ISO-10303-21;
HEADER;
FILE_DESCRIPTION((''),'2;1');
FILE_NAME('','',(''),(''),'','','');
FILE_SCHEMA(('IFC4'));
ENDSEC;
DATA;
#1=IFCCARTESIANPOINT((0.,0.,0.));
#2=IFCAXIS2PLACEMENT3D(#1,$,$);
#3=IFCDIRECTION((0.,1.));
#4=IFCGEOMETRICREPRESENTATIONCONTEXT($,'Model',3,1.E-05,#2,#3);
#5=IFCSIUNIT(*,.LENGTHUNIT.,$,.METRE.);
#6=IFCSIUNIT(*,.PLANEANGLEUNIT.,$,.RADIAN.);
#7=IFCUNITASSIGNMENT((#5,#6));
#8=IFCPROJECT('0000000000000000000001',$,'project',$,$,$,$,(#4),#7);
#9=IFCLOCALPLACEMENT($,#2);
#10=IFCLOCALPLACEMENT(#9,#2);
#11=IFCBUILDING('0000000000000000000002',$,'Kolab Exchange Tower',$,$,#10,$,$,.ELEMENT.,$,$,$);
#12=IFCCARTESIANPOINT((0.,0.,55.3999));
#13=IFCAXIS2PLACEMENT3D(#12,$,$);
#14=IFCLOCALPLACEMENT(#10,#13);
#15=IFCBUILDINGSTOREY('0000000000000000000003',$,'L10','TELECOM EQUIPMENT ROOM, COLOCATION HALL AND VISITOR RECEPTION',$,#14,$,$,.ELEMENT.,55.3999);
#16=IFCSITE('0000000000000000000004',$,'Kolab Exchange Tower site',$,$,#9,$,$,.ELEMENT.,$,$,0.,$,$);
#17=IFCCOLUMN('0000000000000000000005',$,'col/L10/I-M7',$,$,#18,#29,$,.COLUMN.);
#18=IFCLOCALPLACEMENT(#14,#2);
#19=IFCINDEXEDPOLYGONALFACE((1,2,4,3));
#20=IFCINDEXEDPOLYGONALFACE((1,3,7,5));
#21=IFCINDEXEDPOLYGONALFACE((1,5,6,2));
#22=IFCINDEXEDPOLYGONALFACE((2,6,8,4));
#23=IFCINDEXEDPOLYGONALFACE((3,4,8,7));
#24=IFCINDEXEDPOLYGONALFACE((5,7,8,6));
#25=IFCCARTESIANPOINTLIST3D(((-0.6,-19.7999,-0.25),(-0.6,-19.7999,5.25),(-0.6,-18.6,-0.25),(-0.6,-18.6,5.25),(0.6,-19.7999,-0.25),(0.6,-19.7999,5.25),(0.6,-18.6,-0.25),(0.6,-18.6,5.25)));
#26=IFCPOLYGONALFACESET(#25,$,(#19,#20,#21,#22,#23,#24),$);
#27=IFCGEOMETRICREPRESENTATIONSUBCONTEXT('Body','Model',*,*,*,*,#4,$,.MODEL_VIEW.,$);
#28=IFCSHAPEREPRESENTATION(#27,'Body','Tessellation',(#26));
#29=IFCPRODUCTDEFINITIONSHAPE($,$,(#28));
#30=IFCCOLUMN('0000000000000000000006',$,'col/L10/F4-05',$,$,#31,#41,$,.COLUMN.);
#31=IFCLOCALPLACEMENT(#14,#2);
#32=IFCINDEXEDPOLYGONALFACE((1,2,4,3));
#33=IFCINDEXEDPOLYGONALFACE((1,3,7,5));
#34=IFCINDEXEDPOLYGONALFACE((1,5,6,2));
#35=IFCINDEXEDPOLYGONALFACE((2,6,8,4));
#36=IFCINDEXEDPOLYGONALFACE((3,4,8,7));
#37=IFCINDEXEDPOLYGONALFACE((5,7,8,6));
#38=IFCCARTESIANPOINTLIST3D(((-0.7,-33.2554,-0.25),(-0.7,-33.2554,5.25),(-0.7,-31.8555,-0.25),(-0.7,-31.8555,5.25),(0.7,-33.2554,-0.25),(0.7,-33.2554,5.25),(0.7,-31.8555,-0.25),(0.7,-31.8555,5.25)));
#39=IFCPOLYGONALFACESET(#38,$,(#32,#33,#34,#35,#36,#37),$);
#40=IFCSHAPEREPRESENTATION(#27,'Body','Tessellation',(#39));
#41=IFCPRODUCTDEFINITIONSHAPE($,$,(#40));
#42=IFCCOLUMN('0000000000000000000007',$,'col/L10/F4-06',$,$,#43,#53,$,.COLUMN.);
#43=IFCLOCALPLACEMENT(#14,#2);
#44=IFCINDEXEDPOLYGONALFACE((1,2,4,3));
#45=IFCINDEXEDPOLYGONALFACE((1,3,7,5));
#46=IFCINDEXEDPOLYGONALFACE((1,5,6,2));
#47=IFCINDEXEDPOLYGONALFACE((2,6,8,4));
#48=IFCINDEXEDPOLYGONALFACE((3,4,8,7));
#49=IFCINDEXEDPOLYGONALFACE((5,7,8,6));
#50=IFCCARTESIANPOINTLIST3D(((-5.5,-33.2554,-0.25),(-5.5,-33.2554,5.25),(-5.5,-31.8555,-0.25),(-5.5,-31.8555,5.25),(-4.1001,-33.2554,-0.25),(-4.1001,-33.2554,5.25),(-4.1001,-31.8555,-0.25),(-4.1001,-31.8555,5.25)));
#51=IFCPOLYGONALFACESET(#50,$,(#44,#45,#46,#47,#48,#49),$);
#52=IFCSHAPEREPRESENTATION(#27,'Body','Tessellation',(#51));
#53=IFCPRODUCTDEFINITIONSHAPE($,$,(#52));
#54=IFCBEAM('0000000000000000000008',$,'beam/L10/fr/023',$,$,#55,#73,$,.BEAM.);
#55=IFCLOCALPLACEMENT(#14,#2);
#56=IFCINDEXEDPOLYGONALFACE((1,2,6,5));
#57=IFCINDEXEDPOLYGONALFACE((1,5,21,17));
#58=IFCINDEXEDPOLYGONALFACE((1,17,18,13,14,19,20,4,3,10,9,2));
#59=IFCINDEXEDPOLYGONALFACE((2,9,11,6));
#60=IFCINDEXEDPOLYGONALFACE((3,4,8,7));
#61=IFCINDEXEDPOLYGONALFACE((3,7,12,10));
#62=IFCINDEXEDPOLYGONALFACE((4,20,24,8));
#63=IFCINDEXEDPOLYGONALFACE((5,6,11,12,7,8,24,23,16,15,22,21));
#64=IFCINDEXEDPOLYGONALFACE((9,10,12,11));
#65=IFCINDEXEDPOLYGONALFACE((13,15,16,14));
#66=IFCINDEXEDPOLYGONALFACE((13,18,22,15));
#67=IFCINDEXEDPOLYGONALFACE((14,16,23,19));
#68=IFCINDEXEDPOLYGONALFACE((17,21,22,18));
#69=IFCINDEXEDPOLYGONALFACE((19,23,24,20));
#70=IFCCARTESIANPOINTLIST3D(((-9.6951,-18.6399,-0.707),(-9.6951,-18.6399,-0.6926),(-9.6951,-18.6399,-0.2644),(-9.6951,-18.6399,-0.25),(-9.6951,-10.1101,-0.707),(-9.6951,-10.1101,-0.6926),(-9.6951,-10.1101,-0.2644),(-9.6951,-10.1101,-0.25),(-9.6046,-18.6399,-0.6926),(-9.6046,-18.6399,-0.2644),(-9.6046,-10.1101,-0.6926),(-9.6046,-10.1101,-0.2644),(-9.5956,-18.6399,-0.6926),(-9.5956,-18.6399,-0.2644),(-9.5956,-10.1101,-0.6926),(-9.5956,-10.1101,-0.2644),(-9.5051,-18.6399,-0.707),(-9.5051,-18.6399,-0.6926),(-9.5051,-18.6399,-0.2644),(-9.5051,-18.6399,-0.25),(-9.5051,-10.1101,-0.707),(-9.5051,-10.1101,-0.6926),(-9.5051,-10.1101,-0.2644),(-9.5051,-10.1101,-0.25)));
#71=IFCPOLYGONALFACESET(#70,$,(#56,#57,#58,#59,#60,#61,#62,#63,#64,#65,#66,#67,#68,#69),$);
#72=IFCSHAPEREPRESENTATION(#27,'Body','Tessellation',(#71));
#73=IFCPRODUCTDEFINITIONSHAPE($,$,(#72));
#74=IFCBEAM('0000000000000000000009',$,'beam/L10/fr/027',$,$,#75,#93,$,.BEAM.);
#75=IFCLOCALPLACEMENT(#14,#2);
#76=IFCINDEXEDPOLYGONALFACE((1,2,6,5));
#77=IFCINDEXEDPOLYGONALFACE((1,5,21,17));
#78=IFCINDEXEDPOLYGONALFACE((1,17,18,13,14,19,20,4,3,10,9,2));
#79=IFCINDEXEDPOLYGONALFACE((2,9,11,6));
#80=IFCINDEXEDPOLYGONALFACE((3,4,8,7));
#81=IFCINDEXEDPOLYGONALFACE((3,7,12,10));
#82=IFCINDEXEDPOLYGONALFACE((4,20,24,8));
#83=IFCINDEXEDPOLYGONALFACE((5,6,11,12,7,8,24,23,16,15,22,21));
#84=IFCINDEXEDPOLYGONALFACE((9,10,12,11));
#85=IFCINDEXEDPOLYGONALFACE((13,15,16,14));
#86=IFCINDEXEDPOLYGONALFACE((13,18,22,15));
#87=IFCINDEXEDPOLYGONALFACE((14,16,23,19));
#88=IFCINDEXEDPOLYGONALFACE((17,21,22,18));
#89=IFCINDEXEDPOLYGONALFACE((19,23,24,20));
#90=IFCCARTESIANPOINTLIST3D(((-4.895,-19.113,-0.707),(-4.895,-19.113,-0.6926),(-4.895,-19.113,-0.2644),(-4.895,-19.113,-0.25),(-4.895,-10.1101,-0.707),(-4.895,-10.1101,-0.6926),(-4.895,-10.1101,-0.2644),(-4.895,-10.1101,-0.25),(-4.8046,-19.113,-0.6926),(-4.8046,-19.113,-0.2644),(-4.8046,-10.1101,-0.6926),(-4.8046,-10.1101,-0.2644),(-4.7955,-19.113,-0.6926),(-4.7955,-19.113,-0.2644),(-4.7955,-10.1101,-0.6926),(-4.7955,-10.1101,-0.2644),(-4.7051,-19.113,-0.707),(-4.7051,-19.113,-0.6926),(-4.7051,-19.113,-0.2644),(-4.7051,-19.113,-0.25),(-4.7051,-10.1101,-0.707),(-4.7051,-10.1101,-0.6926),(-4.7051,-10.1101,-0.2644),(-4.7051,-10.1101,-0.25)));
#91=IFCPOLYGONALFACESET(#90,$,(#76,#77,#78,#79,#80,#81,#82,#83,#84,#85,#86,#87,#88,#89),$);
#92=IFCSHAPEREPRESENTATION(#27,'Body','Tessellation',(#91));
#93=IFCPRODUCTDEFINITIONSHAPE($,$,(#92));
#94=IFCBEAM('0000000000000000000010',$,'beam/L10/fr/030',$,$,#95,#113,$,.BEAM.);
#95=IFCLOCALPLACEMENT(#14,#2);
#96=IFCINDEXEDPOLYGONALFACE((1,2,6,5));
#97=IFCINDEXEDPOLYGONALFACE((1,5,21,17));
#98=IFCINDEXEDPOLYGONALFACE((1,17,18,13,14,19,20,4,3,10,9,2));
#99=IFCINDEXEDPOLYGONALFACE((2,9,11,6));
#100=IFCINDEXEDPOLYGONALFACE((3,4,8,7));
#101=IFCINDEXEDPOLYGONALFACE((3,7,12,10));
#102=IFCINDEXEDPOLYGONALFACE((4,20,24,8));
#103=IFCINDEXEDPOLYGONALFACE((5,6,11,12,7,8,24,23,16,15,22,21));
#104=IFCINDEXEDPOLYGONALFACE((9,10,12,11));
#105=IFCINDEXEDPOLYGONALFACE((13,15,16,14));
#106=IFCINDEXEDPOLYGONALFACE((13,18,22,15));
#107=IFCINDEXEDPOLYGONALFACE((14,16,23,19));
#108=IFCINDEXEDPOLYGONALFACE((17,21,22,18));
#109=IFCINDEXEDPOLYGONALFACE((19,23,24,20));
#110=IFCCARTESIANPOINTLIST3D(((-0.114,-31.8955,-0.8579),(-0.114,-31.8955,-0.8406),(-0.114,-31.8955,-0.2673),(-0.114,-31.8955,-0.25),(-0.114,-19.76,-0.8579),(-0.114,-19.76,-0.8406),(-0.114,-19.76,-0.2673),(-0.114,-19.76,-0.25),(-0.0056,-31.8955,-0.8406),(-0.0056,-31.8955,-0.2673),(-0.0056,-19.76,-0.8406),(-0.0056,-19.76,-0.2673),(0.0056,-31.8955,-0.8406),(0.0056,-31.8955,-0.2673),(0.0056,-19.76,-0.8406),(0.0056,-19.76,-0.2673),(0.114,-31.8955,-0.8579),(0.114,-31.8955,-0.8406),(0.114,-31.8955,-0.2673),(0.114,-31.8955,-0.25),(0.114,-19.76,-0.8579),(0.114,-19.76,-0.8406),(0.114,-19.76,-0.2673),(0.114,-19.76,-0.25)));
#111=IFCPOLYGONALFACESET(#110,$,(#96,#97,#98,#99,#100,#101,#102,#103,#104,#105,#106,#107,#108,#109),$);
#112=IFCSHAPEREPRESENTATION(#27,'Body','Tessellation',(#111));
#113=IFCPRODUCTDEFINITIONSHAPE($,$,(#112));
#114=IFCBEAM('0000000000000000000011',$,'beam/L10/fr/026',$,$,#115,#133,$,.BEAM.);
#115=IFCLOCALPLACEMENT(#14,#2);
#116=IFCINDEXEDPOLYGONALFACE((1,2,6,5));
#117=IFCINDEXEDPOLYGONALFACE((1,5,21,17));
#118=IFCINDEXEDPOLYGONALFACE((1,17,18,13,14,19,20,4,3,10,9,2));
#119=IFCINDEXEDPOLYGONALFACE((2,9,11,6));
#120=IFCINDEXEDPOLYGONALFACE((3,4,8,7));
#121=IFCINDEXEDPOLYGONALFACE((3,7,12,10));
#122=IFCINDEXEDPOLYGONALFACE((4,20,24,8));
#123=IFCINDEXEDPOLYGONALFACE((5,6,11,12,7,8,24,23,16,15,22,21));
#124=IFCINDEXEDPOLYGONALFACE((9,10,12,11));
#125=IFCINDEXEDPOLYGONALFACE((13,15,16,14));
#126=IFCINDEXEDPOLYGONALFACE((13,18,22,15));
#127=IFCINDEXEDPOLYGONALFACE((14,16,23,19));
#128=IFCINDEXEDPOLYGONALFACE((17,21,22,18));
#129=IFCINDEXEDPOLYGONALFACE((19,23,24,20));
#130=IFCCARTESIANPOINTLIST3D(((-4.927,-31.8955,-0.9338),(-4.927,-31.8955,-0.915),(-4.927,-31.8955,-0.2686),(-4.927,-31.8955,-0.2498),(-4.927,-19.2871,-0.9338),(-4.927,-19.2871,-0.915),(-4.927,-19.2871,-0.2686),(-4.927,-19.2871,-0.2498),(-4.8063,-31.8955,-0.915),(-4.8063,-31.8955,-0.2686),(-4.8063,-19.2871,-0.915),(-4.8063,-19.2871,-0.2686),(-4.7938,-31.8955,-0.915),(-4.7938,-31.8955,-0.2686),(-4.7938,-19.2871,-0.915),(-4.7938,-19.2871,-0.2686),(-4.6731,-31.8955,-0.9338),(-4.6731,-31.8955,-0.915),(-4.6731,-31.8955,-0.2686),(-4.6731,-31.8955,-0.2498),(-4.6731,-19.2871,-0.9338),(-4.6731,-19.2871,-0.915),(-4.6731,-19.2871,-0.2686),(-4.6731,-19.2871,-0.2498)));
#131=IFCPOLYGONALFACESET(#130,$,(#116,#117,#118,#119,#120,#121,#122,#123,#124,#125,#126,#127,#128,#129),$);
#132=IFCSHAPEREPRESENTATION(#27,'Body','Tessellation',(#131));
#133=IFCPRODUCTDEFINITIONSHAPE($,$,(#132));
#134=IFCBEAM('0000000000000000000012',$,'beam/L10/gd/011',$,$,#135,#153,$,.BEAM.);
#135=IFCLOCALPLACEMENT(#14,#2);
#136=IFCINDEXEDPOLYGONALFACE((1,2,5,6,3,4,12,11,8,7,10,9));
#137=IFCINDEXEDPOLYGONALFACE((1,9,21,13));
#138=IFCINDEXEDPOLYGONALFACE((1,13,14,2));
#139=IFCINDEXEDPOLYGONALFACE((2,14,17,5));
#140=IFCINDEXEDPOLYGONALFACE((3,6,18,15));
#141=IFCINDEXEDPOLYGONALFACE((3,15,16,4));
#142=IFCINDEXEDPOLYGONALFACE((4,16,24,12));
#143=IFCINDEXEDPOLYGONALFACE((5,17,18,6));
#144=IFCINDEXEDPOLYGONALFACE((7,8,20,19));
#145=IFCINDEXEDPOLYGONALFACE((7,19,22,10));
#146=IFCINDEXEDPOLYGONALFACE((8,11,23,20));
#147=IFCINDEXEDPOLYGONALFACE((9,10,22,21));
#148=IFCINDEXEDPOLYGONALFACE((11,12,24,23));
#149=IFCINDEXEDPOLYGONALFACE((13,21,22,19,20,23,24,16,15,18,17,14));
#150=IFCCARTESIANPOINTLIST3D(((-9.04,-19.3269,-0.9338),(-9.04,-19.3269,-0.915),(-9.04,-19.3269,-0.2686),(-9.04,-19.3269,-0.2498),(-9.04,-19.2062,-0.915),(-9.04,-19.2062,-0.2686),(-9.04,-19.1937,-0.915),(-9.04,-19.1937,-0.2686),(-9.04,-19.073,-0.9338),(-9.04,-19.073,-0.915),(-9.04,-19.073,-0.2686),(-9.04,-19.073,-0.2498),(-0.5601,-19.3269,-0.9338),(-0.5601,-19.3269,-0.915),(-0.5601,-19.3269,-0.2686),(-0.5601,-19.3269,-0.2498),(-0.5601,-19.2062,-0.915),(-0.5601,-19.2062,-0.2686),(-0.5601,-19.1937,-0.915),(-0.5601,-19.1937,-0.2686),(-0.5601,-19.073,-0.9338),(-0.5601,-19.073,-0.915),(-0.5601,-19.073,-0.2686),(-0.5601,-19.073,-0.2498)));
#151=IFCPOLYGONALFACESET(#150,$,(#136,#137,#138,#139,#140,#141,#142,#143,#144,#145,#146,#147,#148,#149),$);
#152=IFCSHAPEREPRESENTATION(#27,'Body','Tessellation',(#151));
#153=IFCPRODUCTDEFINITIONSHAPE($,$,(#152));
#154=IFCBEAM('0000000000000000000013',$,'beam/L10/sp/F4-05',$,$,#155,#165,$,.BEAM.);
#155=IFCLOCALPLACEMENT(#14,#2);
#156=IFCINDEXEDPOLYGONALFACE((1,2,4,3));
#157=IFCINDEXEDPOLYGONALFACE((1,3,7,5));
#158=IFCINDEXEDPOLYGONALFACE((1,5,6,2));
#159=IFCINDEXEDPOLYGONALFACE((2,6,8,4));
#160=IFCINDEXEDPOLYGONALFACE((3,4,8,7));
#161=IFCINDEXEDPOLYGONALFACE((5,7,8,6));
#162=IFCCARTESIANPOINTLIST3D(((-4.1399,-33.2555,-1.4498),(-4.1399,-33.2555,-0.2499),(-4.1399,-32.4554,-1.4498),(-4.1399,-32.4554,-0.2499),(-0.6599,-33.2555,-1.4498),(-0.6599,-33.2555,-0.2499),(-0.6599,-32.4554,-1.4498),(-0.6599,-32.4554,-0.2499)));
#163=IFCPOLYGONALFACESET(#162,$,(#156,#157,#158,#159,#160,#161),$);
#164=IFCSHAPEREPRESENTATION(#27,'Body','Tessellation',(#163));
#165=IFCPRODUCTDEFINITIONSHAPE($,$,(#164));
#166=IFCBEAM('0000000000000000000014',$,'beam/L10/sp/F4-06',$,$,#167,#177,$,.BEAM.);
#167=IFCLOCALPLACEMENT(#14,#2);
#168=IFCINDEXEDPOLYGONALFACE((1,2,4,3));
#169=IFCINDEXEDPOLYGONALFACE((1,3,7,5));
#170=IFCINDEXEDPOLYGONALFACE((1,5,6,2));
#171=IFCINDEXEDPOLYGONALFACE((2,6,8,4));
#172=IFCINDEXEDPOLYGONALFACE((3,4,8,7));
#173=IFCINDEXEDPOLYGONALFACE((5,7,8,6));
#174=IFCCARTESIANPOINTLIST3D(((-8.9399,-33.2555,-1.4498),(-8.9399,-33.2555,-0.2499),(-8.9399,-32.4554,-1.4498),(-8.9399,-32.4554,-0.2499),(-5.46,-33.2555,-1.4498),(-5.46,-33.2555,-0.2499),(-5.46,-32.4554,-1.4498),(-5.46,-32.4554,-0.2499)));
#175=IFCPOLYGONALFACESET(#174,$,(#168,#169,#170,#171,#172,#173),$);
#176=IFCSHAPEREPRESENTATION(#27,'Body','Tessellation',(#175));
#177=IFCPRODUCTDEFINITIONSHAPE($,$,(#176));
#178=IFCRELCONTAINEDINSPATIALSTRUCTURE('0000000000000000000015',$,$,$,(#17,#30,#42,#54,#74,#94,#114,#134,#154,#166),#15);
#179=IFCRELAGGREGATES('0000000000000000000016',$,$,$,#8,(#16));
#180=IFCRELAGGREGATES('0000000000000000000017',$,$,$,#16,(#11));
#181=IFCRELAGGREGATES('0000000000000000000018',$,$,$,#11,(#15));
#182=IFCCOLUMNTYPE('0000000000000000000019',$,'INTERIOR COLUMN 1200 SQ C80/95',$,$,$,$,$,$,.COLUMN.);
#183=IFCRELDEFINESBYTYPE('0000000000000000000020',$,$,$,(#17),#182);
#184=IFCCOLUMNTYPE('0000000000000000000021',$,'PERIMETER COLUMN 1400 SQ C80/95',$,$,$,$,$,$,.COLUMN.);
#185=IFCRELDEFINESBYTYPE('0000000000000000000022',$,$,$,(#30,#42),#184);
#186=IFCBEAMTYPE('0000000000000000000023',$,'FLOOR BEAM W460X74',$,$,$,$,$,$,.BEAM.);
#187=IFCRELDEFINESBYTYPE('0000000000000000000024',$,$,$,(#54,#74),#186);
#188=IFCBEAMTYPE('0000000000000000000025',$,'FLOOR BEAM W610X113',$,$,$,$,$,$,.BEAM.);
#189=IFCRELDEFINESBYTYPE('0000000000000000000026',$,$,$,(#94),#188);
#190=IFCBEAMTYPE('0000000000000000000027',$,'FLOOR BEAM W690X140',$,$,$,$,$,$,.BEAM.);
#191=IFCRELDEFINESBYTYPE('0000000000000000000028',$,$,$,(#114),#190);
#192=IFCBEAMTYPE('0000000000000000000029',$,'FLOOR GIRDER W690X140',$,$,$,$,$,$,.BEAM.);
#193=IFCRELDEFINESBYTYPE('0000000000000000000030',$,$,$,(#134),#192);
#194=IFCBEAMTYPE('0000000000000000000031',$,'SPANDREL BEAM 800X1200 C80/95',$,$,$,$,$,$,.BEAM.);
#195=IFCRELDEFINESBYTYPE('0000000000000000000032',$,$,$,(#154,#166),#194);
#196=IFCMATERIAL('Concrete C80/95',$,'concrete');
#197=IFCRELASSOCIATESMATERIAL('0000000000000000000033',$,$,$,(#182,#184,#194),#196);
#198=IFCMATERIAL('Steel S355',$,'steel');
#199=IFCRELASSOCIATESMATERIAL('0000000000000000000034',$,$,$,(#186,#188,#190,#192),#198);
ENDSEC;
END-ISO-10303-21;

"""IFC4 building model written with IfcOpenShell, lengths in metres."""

from ifc_helpers import new_model, si_unit, direction, frame, origin, origin_2d, place, context, subcontext, project, spatial, rectangle, i_section, extrude, material, material_profile, profile_set, type_object, element, save


model = new_model("IFC4")

# Units and contexts
model_context = context("Model", 3, precision=1e-05, world=origin(), true_north=direction((0.0, 1.0)))
body_context = subcontext(model_context, "Body", "Model", "MODEL_VIEW")
ifc_project = project(units=[si_unit("LENGTHUNIT", "METRE"), si_unit("PLANEANGLEUNIT", "RADIAN")], contexts=[model_context])

# Site, building, storey
site_placement = place(None, origin())
site = spatial("IfcSite", under=ifc_project, at=site_placement, Name="Kolab Exchange Tower site", CompositionType="ELEMENT", RefElevation=0.0)
building_placement = place(site_placement, origin())
building = spatial("IfcBuilding", under=site, at=building_placement, Name="Kolab Exchange Tower", CompositionType="ELEMENT")
storey_placement = place(building_placement, frame((0.0, 0.0, 55.3999)))
storey = spatial("IfcBuildingStorey", under=building, at=storey_placement, Name="L10", Description="TELECOM EQUIPMENT ROOM, COLOCATION HALL AND VISITOR RECEPTION", CompositionType="ELEMENT", Elevation=55.3999)

# Columns
ifc_material_1 = material(Name="Concrete C80/95", Category="concrete")
ifc_material_profile_1 = material_profile(ifc_material_1, rectangle(XDim=1.2, YDim=1.2, at=origin_2d()), Name="RC1200")
ifc_profile_set_1 = profile_set([ifc_material_profile_1], Name="Concrete C80/95")
column_type_1 = type_object("IfcColumnType", Name="INTERIOR COLUMN 1200 SQ C80/95", PredefinedType="COLUMN", material=ifc_profile_set_1)
column_placement = place(storey_placement, frame((0.0, -19.2, -0.25), z_axis=(0.0, 0.0, 1.0), x_axis=(1.0, 0.0, 0.0)))
element("IfcColumn", 1, at=column_placement, inside=storey, type_object=column_type_1, Name="col/L10/I-M7", PredefinedType="COLUMN", context=body_context, shape_type="SweptSolid", body=[
    extrude(rectangle(XDim=1.2, YDim=1.2, at=origin_2d()), origin(), (0.0, 0.0, 1.0), 5.5),
])
ifc_material_profile_2 = material_profile(ifc_material_1, rectangle(XDim=1.3999, YDim=1.3999, at=origin_2d()), Name="RC1400")
ifc_profile_set_2 = profile_set([ifc_material_profile_2], Name="Concrete C80/95")
column_type_2 = type_object("IfcColumnType", Name="PERIMETER COLUMN 1400 SQ C80/95", PredefinedType="COLUMN", material=ifc_profile_set_2)
for number, where, z_axis, x_axis, name in (
    (2, (0.0, -32.5554, -0.25), (0.0, 0.0, 1.0), (1.0, 0.0, 0.0), "col/L10/F4-05"),
    (3, (-4.8, -32.5554, -0.25), (0.0, 0.0, 1.0), (1.0, 0.0, 0.0), "col/L10/F4-06"),
):
    element("IfcColumn", number, at=place(storey_placement, frame(where, z_axis=z_axis, x_axis=x_axis)), inside=storey, type_object=column_type_2, Name=name, PredefinedType="COLUMN", context=body_context, shape_type="SweptSolid", body=[
        extrude(rectangle(XDim=1.3999, YDim=1.3999, at=origin_2d()), origin(), (0.0, 0.0, 1.0), 5.5),
    ])

# Beams
ifc_material_2 = material(Name="Steel S355", Category="steel")
ifc_material_profile_3 = material_profile(ifc_material_2, i_section(OverallWidth=0.1899, OverallDepth=0.457, WebThickness=0.009, FlangeThickness=0.0144, at=origin_2d()), Name="W460X74")
ifc_profile_set_3 = profile_set([ifc_material_profile_3], Name="Steel S355")
beam_type_1 = type_object("IfcBeamType", Name="FLOOR BEAM W460X74", PredefinedType="BEAM", material=ifc_profile_set_3)
beam_1_placement = place(storey_placement, frame((-9.6001, -18.6399, -0.4785), z_axis=(0.0, 1.0, 0.0), x_axis=(-1.0, 0.0, 0.0)))
element("IfcBeam", 4, at=beam_1_placement, inside=storey, type_object=beam_type_1, Name="beam/L10/fr/023", PredefinedType="BEAM", context=body_context, shape_type="SweptSolid", body=[
    extrude(i_section(OverallWidth=0.1899, OverallDepth=0.457, WebThickness=0.009, FlangeThickness=0.0144, at=origin_2d()), origin(), (0.0, 0.0, 1.0), 8.5298),
])
beam_2_placement = place(storey_placement, frame((-4.8, -19.113, -0.4785), z_axis=(0.0, 1.0, 0.0), x_axis=(-1.0, 0.0, 0.0)))
element("IfcBeam", 5, at=beam_2_placement, inside=storey, type_object=beam_type_1, Name="beam/L10/fr/027", PredefinedType="BEAM", context=body_context, shape_type="SweptSolid", body=[
    extrude(i_section(OverallWidth=0.1899, OverallDepth=0.457, WebThickness=0.009, FlangeThickness=0.0144, at=origin_2d()), origin(), (0.0, 0.0, 1.0), 9.0029),
])
ifc_material_profile_4 = material_profile(ifc_material_2, i_section(OverallWidth=0.228, OverallDepth=0.6079, WebThickness=0.0112, FlangeThickness=0.0173, at=origin_2d()), Name="W610X113")
ifc_profile_set_4 = profile_set([ifc_material_profile_4], Name="Steel S355")
beam_type_2 = type_object("IfcBeamType", Name="FLOOR BEAM W610X113", PredefinedType="BEAM", material=ifc_profile_set_4)
beam_3_placement = place(storey_placement, frame((0.0, -31.8955, -0.554), z_axis=(0.0, 1.0, 0.0), x_axis=(-1.0, 0.0, 0.0)))
element("IfcBeam", 6, at=beam_3_placement, inside=storey, type_object=beam_type_2, Name="beam/L10/fr/030", PredefinedType="BEAM", context=body_context, shape_type="SweptSolid", body=[
    extrude(i_section(OverallWidth=0.228, OverallDepth=0.6079, WebThickness=0.0112, FlangeThickness=0.0173, at=origin_2d()), origin(), (0.0, 0.0, 1.0), 12.1355),
])
ifc_material_profile_5 = material_profile(ifc_material_2, i_section(OverallWidth=0.2539, OverallDepth=0.6841, WebThickness=0.0125, FlangeThickness=0.0188, at=origin_2d()), Name="W690X140")
ifc_profile_set_5 = profile_set([ifc_material_profile_5], Name="Steel S355")
beam_type_3 = type_object("IfcBeamType", Name="FLOOR BEAM W690X140", PredefinedType="BEAM", material=ifc_profile_set_5)
beam_4_placement = place(storey_placement, frame((-4.8, -31.8955, -0.5918), z_axis=(0.0, 1.0, 0.0), x_axis=(-1.0, 0.0, 0.0)))
element("IfcBeam", 7, at=beam_4_placement, inside=storey, type_object=beam_type_3, Name="beam/L10/fr/026", PredefinedType="BEAM", context=body_context, shape_type="SweptSolid", body=[
    extrude(i_section(OverallWidth=0.2539, OverallDepth=0.6841, WebThickness=0.0125, FlangeThickness=0.0188, at=origin_2d()), origin(), (0.0, 0.0, 1.0), 12.6084),
])
ifc_material_profile_6 = material_profile(ifc_material_2, i_section(OverallWidth=0.2539, OverallDepth=0.6841, WebThickness=0.0125, FlangeThickness=0.0188, at=origin_2d()), Name="W690X140")
ifc_profile_set_6 = profile_set([ifc_material_profile_6], Name="Steel S355")
beam_type_4 = type_object("IfcBeamType", Name="FLOOR GIRDER W690X140", PredefinedType="BEAM", material=ifc_profile_set_6)
beam_5_placement = place(storey_placement, frame((-9.04, -19.2, -0.5918), z_axis=(1.0, 0.0, 0.0), x_axis=(0.0, 1.0, 0.0)))
element("IfcBeam", 8, at=beam_5_placement, inside=storey, type_object=beam_type_4, Name="beam/L10/gd/011", PredefinedType="BEAM", context=body_context, shape_type="SweptSolid", body=[
    extrude(i_section(OverallWidth=0.2539, OverallDepth=0.6841, WebThickness=0.0125, FlangeThickness=0.0188, at=origin_2d()), origin(), (0.0, 0.0, 1.0), 8.48),
])
ifc_material_profile_7 = material_profile(ifc_material_1, rectangle(XDim=0.8, YDim=1.2, at=origin_2d()), Name="RC800X1200")
ifc_profile_set_7 = profile_set([ifc_material_profile_7], Name="Concrete C80/95")
beam_type_5 = type_object("IfcBeamType", Name="SPANDREL BEAM 800X1200 C80/95", PredefinedType="BEAM", material=ifc_profile_set_7)
for number, where, z_axis, x_axis, name in (
    (9, (-0.6599, -32.8555, -0.8499), (-1.0, 0.0, 0.0), (0.0, -1.0, 0.0), "beam/L10/sp/F4-05"),
    (10, (-5.46, -32.8555, -0.8499), (-1.0, 0.0, 0.0), (0.0, -1.0, 0.0), "beam/L10/sp/F4-06"),
):
    element("IfcBeam", number, at=place(storey_placement, frame(where, z_axis=z_axis, x_axis=x_axis)), inside=storey, type_object=beam_type_5, Name=name, PredefinedType="BEAM", context=body_context, shape_type="SweptSolid", body=[
        extrude(rectangle(XDim=0.8, YDim=1.2, at=origin_2d()), origin(), (0.0, 0.0, 1.0), 3.48),
    ])

save(model, "model.ifc")
